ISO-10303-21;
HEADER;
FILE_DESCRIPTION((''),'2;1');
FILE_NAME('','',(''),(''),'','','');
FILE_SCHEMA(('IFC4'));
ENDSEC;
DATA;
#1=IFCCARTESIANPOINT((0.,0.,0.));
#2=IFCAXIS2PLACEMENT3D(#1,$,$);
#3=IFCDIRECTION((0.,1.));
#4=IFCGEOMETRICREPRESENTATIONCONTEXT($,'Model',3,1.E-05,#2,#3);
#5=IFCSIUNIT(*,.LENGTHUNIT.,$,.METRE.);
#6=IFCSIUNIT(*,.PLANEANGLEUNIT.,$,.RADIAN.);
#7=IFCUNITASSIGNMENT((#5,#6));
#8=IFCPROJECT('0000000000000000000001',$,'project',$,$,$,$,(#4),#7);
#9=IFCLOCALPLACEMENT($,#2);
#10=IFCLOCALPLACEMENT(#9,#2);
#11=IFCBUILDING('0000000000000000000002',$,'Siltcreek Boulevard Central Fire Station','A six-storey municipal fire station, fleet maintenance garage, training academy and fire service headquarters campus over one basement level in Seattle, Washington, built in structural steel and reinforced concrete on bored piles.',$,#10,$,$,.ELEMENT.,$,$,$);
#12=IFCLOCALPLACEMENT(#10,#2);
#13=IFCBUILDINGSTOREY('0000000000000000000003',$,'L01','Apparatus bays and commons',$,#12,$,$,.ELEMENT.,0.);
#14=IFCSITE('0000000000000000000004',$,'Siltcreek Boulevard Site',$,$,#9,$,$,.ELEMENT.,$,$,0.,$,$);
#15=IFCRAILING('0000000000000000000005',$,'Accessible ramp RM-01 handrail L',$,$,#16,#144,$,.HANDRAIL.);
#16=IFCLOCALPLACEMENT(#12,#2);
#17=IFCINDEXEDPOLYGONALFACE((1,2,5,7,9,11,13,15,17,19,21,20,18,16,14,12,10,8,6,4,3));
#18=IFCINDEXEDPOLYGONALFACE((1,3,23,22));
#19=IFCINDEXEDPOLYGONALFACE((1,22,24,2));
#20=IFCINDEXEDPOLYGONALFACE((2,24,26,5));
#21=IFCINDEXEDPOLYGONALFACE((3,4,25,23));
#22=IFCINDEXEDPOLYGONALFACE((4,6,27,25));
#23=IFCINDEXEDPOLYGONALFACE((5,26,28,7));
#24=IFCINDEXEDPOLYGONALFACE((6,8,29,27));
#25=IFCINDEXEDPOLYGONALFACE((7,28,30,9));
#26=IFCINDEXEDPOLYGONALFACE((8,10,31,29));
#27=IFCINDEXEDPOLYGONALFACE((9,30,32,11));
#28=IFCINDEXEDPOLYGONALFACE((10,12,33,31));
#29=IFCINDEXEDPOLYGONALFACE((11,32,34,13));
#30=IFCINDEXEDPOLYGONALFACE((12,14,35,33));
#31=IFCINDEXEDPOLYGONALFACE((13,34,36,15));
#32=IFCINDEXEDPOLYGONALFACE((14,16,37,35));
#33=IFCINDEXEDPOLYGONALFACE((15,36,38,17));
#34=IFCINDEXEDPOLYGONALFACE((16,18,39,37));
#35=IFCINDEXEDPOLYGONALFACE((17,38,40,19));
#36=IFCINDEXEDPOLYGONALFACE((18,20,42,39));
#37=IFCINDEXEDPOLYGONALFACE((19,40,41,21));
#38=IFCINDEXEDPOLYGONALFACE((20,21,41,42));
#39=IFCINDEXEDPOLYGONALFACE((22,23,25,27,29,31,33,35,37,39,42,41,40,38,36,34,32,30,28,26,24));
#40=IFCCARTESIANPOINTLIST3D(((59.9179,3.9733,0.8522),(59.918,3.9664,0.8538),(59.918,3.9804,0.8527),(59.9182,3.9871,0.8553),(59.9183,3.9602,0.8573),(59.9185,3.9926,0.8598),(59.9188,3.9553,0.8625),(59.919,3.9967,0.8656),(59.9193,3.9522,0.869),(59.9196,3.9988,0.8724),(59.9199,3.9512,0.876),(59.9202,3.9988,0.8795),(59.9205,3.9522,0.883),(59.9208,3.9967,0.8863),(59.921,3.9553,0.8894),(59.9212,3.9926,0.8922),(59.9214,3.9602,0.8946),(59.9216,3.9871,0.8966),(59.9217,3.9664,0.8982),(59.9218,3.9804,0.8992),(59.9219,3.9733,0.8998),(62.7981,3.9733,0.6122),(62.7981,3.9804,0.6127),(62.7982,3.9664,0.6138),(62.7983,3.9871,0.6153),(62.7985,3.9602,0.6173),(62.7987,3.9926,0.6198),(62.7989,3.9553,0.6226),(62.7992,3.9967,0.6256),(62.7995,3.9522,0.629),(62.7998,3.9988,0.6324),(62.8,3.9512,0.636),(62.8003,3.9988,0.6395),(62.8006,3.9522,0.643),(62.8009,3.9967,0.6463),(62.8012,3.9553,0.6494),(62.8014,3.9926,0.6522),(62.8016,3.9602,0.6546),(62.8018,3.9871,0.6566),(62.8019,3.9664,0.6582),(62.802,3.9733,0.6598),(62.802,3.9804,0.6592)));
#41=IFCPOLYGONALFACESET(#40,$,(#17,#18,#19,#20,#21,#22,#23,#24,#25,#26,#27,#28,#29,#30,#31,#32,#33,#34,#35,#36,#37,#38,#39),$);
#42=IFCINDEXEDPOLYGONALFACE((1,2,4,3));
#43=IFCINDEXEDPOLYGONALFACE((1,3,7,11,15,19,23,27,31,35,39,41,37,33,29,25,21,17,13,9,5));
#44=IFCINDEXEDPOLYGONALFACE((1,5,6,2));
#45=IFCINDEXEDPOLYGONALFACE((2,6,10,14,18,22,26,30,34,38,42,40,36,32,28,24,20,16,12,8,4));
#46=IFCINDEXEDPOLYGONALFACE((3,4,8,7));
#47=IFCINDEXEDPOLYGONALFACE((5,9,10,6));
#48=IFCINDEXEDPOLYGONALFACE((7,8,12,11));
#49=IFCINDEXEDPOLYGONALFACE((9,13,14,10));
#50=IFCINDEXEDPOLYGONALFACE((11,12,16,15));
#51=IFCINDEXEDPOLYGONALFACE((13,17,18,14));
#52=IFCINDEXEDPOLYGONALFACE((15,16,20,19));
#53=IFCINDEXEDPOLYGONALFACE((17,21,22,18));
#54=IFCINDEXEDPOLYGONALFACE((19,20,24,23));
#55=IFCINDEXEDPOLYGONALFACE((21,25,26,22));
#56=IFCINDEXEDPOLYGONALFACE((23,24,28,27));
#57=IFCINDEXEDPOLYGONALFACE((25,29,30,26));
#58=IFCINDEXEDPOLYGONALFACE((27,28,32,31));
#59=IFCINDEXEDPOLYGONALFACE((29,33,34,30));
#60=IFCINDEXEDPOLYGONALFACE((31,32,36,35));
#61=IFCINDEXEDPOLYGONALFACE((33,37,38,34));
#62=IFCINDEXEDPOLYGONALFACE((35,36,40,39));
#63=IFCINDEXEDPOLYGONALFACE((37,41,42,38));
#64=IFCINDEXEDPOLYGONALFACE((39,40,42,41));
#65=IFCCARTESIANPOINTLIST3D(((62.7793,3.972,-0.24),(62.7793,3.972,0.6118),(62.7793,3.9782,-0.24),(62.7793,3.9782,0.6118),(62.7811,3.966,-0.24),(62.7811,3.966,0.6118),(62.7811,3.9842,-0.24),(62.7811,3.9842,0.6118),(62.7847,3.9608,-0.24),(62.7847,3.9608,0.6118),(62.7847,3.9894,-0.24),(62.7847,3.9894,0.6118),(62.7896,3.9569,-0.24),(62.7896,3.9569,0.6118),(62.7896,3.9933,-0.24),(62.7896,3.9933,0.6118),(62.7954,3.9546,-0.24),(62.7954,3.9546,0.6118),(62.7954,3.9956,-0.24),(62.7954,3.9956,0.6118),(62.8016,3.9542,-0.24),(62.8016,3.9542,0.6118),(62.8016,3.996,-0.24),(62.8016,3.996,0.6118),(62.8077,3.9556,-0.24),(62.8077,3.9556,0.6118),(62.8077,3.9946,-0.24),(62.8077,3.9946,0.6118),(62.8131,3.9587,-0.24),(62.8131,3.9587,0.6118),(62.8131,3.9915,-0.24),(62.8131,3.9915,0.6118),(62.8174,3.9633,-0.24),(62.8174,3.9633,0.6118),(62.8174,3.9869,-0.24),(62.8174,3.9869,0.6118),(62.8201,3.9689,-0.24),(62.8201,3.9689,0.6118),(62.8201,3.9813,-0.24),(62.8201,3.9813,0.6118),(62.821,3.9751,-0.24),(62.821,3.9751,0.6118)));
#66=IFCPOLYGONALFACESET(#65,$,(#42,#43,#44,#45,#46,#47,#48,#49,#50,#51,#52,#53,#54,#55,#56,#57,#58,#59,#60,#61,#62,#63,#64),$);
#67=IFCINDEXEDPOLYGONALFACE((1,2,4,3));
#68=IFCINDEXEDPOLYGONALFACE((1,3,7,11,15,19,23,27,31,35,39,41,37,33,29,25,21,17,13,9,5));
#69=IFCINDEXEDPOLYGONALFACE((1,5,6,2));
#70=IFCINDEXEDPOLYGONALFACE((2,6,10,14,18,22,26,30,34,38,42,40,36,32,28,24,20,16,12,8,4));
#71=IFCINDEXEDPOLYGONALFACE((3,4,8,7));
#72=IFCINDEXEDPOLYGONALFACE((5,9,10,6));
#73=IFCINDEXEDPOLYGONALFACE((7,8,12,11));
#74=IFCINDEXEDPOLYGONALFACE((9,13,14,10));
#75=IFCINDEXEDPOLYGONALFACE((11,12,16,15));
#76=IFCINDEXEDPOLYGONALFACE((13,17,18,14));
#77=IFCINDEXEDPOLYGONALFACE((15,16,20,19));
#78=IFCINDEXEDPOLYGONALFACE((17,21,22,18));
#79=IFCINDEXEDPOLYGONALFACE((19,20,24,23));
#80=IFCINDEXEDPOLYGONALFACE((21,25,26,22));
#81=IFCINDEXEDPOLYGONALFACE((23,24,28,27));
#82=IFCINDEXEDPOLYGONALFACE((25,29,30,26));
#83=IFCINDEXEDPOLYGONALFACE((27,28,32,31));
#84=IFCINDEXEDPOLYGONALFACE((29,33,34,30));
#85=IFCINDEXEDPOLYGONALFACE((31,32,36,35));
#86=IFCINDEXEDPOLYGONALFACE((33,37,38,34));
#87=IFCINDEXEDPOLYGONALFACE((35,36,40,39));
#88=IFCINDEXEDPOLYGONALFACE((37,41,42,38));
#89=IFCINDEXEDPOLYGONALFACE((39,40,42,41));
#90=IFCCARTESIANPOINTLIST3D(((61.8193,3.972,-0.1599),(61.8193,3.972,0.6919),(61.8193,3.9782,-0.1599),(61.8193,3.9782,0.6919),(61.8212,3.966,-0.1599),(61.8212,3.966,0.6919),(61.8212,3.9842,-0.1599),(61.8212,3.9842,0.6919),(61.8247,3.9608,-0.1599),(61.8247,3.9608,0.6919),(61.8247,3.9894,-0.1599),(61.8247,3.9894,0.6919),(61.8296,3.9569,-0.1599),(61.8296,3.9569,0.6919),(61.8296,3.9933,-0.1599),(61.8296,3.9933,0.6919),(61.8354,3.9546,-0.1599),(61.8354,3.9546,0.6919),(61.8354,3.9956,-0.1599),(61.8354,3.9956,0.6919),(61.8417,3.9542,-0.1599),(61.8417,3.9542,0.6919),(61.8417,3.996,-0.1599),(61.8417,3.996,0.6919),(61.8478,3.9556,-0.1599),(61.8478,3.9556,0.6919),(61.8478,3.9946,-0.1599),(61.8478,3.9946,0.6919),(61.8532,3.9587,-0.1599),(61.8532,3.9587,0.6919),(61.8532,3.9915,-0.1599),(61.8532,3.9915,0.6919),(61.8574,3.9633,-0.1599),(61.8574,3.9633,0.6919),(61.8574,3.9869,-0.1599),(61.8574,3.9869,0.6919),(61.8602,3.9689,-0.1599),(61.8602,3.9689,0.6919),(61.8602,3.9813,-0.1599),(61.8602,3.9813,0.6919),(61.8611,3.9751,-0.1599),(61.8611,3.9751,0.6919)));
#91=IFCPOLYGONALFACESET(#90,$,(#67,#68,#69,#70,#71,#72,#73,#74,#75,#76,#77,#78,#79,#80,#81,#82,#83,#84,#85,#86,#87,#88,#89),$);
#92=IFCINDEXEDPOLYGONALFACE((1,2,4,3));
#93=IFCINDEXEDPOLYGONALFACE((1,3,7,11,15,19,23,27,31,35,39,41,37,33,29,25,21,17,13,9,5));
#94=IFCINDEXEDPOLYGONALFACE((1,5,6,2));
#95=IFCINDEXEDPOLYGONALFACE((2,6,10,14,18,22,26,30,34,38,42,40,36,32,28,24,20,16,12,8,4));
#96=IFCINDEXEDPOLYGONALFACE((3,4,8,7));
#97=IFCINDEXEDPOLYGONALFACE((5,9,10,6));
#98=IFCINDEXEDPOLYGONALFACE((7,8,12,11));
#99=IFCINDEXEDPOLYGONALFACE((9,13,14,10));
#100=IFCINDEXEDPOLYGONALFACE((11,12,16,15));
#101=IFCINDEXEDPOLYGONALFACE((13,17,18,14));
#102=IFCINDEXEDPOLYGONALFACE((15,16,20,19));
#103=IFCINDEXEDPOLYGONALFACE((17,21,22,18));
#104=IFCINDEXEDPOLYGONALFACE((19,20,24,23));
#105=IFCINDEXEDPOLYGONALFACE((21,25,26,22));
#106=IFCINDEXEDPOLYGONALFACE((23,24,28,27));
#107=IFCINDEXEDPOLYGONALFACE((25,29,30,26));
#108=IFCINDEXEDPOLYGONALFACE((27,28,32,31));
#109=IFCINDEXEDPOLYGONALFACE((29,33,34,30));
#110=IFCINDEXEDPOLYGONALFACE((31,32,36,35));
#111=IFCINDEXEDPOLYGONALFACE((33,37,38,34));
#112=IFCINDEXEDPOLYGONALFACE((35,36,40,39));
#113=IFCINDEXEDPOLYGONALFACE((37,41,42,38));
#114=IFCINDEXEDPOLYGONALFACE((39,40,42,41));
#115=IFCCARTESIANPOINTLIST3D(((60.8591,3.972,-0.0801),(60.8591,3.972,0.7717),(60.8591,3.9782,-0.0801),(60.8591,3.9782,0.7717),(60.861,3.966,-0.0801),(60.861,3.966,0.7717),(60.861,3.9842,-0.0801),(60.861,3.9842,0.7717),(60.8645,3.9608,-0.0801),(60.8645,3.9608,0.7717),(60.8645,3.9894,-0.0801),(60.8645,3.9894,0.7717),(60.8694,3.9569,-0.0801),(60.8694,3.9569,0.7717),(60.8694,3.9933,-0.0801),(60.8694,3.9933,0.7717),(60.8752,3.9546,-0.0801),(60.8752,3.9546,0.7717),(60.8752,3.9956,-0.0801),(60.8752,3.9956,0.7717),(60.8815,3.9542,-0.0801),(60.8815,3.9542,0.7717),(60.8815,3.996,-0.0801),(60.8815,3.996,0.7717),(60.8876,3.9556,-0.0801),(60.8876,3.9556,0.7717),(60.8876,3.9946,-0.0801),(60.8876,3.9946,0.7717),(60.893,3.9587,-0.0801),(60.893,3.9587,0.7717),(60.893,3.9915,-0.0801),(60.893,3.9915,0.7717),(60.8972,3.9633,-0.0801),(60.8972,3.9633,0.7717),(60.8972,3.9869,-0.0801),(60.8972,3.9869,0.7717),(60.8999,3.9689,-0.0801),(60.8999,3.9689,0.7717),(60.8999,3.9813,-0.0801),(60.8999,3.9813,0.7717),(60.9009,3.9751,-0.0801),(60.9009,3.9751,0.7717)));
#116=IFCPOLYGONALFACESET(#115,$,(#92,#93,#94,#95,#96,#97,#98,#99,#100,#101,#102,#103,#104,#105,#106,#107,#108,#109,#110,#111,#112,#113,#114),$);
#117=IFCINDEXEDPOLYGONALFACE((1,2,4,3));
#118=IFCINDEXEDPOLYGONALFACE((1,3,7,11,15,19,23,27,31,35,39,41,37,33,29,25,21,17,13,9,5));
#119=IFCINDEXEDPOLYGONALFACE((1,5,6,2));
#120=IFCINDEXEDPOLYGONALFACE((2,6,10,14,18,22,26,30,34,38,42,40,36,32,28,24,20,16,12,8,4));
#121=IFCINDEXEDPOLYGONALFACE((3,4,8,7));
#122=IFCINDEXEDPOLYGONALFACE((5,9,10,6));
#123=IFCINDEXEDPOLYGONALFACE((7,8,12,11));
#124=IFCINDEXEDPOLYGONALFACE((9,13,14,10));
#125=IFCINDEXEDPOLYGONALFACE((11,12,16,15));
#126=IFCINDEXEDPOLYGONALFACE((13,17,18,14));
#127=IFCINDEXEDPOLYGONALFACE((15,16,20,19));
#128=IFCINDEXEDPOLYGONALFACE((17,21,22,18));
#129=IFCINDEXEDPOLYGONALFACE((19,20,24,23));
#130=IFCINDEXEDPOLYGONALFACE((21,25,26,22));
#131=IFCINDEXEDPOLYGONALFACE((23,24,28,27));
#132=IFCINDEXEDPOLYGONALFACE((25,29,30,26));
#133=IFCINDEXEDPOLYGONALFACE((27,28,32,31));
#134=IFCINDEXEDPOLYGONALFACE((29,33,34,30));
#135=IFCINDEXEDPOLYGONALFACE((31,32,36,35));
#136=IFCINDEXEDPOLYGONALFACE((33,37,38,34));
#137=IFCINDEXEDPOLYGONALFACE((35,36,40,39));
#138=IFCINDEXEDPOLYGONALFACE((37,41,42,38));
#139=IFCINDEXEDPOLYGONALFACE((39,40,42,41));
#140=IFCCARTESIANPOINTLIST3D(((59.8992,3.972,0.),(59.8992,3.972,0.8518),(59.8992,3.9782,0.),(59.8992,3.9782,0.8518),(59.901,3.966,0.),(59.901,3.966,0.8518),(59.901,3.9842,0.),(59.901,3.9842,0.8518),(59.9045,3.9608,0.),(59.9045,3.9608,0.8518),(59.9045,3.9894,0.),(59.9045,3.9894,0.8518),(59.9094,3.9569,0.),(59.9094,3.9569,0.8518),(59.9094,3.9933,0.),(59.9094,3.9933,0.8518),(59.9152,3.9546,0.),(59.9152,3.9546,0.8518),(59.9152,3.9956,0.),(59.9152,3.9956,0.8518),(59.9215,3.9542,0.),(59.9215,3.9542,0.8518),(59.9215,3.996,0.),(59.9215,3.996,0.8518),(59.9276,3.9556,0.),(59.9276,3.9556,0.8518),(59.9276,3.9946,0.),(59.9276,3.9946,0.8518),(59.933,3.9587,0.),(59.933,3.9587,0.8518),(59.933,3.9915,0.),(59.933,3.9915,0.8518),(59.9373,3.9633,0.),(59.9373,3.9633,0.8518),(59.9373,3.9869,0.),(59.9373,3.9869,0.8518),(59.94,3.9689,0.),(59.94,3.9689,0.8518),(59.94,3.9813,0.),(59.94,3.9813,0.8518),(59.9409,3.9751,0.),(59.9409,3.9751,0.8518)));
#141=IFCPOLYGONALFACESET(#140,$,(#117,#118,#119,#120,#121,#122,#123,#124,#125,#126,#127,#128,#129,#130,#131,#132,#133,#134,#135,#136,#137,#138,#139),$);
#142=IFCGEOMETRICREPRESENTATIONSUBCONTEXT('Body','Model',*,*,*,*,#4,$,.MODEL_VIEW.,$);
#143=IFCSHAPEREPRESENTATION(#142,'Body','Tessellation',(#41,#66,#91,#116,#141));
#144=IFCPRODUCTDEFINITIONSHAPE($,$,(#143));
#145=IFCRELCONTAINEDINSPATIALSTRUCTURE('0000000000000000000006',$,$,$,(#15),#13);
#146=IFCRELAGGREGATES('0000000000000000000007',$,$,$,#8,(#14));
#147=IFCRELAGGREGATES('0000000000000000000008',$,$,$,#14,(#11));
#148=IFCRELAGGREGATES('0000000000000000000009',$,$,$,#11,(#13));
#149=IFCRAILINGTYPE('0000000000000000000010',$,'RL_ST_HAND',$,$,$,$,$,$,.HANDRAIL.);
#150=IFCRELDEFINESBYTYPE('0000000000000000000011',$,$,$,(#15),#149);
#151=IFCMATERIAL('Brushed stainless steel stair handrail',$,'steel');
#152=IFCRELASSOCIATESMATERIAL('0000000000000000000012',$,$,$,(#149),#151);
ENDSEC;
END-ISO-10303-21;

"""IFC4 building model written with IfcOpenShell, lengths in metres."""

from ifc_helpers import new_model, si_unit, direction, frame, origin, origin_2d, place, context, subcontext, project, spatial, circle, extrude, material, type_object, element, save


model = new_model("IFC4")

# Units and contexts
model_context = context("Model", 3, precision=1e-05, world=origin(), true_north=direction((0.0, 1.0)))
body_context = subcontext(model_context, "Body", "Model", "MODEL_VIEW")
ifc_project = project(units=[si_unit("LENGTHUNIT", "METRE"), si_unit("PLANEANGLEUNIT", "RADIAN")], contexts=[model_context])

# Site, building, storey
site_placement = place(None, origin())
site = spatial("IfcSite", under=ifc_project, at=site_placement, Name="Siltcreek Boulevard Site", CompositionType="ELEMENT", RefElevation=0.0)
building_placement = place(site_placement, origin())
building = spatial("IfcBuilding", under=site, at=building_placement, Name="Siltcreek Boulevard Central Fire Station", Description="A six-storey municipal fire station, fleet maintenance garage, training academy and fire service headquarters campus over one basement level in Seattle, Washington, built in structural steel and reinforced concrete on bored piles.", CompositionType="ELEMENT")
storey_placement = place(building_placement, origin())
storey = spatial("IfcBuildingStorey", under=building, at=storey_placement, Name="L01", Description="Apparatus bays and commons", CompositionType="ELEMENT", Elevation=0.0)

# Railing
ifc_material_1 = material(Name="Brushed stainless steel stair handrail", Category="steel")
railing_type = type_object("IfcRailingType", Name="RL_ST_HAND", PredefinedType="HANDRAIL", material=ifc_material_1)
for number, where, name in (
    (1, (62.8, 3.9751, -0.24), "Accessible ramp RM-01 handrail L"),
):
    element("IfcRailing", number, at=place(storey_placement, frame(where)), inside=storey, type_object=railing_type, Name=name, PredefinedType="HANDRAIL", context=body_context, shape_type="SweptSolid", body=[
        extrude(circle(Radius=0.0239, at=origin_2d()), frame((0.0, 0.0, 0.876), z_axis=(-0.996546, 0.0, 0.083038), x_axis=(0.0, -1.0, 0.0)), (0.0, 0.0, 1.0), 2.8901),
        extrude(circle(Radius=0.021, at=origin_2d()), origin(), (0.0, 0.0, 1.0), 0.8518),
        extrude(circle(Radius=0.021, at=origin_2d()), frame((-0.96, 0.0, 0.0801)), (0.0, 0.0, 1.0), 0.8518),
        extrude(circle(Radius=0.021, at=origin_2d()), frame((-1.9202, 0.0, 0.1599)), (0.0, 0.0, 1.0), 0.8518),
        extrude(circle(Radius=0.021, at=origin_2d()), frame((-2.8801, 0.0, 0.24)), (0.0, 0.0, 1.0), 0.8518),
    ])

save(model, "model.ifc")
